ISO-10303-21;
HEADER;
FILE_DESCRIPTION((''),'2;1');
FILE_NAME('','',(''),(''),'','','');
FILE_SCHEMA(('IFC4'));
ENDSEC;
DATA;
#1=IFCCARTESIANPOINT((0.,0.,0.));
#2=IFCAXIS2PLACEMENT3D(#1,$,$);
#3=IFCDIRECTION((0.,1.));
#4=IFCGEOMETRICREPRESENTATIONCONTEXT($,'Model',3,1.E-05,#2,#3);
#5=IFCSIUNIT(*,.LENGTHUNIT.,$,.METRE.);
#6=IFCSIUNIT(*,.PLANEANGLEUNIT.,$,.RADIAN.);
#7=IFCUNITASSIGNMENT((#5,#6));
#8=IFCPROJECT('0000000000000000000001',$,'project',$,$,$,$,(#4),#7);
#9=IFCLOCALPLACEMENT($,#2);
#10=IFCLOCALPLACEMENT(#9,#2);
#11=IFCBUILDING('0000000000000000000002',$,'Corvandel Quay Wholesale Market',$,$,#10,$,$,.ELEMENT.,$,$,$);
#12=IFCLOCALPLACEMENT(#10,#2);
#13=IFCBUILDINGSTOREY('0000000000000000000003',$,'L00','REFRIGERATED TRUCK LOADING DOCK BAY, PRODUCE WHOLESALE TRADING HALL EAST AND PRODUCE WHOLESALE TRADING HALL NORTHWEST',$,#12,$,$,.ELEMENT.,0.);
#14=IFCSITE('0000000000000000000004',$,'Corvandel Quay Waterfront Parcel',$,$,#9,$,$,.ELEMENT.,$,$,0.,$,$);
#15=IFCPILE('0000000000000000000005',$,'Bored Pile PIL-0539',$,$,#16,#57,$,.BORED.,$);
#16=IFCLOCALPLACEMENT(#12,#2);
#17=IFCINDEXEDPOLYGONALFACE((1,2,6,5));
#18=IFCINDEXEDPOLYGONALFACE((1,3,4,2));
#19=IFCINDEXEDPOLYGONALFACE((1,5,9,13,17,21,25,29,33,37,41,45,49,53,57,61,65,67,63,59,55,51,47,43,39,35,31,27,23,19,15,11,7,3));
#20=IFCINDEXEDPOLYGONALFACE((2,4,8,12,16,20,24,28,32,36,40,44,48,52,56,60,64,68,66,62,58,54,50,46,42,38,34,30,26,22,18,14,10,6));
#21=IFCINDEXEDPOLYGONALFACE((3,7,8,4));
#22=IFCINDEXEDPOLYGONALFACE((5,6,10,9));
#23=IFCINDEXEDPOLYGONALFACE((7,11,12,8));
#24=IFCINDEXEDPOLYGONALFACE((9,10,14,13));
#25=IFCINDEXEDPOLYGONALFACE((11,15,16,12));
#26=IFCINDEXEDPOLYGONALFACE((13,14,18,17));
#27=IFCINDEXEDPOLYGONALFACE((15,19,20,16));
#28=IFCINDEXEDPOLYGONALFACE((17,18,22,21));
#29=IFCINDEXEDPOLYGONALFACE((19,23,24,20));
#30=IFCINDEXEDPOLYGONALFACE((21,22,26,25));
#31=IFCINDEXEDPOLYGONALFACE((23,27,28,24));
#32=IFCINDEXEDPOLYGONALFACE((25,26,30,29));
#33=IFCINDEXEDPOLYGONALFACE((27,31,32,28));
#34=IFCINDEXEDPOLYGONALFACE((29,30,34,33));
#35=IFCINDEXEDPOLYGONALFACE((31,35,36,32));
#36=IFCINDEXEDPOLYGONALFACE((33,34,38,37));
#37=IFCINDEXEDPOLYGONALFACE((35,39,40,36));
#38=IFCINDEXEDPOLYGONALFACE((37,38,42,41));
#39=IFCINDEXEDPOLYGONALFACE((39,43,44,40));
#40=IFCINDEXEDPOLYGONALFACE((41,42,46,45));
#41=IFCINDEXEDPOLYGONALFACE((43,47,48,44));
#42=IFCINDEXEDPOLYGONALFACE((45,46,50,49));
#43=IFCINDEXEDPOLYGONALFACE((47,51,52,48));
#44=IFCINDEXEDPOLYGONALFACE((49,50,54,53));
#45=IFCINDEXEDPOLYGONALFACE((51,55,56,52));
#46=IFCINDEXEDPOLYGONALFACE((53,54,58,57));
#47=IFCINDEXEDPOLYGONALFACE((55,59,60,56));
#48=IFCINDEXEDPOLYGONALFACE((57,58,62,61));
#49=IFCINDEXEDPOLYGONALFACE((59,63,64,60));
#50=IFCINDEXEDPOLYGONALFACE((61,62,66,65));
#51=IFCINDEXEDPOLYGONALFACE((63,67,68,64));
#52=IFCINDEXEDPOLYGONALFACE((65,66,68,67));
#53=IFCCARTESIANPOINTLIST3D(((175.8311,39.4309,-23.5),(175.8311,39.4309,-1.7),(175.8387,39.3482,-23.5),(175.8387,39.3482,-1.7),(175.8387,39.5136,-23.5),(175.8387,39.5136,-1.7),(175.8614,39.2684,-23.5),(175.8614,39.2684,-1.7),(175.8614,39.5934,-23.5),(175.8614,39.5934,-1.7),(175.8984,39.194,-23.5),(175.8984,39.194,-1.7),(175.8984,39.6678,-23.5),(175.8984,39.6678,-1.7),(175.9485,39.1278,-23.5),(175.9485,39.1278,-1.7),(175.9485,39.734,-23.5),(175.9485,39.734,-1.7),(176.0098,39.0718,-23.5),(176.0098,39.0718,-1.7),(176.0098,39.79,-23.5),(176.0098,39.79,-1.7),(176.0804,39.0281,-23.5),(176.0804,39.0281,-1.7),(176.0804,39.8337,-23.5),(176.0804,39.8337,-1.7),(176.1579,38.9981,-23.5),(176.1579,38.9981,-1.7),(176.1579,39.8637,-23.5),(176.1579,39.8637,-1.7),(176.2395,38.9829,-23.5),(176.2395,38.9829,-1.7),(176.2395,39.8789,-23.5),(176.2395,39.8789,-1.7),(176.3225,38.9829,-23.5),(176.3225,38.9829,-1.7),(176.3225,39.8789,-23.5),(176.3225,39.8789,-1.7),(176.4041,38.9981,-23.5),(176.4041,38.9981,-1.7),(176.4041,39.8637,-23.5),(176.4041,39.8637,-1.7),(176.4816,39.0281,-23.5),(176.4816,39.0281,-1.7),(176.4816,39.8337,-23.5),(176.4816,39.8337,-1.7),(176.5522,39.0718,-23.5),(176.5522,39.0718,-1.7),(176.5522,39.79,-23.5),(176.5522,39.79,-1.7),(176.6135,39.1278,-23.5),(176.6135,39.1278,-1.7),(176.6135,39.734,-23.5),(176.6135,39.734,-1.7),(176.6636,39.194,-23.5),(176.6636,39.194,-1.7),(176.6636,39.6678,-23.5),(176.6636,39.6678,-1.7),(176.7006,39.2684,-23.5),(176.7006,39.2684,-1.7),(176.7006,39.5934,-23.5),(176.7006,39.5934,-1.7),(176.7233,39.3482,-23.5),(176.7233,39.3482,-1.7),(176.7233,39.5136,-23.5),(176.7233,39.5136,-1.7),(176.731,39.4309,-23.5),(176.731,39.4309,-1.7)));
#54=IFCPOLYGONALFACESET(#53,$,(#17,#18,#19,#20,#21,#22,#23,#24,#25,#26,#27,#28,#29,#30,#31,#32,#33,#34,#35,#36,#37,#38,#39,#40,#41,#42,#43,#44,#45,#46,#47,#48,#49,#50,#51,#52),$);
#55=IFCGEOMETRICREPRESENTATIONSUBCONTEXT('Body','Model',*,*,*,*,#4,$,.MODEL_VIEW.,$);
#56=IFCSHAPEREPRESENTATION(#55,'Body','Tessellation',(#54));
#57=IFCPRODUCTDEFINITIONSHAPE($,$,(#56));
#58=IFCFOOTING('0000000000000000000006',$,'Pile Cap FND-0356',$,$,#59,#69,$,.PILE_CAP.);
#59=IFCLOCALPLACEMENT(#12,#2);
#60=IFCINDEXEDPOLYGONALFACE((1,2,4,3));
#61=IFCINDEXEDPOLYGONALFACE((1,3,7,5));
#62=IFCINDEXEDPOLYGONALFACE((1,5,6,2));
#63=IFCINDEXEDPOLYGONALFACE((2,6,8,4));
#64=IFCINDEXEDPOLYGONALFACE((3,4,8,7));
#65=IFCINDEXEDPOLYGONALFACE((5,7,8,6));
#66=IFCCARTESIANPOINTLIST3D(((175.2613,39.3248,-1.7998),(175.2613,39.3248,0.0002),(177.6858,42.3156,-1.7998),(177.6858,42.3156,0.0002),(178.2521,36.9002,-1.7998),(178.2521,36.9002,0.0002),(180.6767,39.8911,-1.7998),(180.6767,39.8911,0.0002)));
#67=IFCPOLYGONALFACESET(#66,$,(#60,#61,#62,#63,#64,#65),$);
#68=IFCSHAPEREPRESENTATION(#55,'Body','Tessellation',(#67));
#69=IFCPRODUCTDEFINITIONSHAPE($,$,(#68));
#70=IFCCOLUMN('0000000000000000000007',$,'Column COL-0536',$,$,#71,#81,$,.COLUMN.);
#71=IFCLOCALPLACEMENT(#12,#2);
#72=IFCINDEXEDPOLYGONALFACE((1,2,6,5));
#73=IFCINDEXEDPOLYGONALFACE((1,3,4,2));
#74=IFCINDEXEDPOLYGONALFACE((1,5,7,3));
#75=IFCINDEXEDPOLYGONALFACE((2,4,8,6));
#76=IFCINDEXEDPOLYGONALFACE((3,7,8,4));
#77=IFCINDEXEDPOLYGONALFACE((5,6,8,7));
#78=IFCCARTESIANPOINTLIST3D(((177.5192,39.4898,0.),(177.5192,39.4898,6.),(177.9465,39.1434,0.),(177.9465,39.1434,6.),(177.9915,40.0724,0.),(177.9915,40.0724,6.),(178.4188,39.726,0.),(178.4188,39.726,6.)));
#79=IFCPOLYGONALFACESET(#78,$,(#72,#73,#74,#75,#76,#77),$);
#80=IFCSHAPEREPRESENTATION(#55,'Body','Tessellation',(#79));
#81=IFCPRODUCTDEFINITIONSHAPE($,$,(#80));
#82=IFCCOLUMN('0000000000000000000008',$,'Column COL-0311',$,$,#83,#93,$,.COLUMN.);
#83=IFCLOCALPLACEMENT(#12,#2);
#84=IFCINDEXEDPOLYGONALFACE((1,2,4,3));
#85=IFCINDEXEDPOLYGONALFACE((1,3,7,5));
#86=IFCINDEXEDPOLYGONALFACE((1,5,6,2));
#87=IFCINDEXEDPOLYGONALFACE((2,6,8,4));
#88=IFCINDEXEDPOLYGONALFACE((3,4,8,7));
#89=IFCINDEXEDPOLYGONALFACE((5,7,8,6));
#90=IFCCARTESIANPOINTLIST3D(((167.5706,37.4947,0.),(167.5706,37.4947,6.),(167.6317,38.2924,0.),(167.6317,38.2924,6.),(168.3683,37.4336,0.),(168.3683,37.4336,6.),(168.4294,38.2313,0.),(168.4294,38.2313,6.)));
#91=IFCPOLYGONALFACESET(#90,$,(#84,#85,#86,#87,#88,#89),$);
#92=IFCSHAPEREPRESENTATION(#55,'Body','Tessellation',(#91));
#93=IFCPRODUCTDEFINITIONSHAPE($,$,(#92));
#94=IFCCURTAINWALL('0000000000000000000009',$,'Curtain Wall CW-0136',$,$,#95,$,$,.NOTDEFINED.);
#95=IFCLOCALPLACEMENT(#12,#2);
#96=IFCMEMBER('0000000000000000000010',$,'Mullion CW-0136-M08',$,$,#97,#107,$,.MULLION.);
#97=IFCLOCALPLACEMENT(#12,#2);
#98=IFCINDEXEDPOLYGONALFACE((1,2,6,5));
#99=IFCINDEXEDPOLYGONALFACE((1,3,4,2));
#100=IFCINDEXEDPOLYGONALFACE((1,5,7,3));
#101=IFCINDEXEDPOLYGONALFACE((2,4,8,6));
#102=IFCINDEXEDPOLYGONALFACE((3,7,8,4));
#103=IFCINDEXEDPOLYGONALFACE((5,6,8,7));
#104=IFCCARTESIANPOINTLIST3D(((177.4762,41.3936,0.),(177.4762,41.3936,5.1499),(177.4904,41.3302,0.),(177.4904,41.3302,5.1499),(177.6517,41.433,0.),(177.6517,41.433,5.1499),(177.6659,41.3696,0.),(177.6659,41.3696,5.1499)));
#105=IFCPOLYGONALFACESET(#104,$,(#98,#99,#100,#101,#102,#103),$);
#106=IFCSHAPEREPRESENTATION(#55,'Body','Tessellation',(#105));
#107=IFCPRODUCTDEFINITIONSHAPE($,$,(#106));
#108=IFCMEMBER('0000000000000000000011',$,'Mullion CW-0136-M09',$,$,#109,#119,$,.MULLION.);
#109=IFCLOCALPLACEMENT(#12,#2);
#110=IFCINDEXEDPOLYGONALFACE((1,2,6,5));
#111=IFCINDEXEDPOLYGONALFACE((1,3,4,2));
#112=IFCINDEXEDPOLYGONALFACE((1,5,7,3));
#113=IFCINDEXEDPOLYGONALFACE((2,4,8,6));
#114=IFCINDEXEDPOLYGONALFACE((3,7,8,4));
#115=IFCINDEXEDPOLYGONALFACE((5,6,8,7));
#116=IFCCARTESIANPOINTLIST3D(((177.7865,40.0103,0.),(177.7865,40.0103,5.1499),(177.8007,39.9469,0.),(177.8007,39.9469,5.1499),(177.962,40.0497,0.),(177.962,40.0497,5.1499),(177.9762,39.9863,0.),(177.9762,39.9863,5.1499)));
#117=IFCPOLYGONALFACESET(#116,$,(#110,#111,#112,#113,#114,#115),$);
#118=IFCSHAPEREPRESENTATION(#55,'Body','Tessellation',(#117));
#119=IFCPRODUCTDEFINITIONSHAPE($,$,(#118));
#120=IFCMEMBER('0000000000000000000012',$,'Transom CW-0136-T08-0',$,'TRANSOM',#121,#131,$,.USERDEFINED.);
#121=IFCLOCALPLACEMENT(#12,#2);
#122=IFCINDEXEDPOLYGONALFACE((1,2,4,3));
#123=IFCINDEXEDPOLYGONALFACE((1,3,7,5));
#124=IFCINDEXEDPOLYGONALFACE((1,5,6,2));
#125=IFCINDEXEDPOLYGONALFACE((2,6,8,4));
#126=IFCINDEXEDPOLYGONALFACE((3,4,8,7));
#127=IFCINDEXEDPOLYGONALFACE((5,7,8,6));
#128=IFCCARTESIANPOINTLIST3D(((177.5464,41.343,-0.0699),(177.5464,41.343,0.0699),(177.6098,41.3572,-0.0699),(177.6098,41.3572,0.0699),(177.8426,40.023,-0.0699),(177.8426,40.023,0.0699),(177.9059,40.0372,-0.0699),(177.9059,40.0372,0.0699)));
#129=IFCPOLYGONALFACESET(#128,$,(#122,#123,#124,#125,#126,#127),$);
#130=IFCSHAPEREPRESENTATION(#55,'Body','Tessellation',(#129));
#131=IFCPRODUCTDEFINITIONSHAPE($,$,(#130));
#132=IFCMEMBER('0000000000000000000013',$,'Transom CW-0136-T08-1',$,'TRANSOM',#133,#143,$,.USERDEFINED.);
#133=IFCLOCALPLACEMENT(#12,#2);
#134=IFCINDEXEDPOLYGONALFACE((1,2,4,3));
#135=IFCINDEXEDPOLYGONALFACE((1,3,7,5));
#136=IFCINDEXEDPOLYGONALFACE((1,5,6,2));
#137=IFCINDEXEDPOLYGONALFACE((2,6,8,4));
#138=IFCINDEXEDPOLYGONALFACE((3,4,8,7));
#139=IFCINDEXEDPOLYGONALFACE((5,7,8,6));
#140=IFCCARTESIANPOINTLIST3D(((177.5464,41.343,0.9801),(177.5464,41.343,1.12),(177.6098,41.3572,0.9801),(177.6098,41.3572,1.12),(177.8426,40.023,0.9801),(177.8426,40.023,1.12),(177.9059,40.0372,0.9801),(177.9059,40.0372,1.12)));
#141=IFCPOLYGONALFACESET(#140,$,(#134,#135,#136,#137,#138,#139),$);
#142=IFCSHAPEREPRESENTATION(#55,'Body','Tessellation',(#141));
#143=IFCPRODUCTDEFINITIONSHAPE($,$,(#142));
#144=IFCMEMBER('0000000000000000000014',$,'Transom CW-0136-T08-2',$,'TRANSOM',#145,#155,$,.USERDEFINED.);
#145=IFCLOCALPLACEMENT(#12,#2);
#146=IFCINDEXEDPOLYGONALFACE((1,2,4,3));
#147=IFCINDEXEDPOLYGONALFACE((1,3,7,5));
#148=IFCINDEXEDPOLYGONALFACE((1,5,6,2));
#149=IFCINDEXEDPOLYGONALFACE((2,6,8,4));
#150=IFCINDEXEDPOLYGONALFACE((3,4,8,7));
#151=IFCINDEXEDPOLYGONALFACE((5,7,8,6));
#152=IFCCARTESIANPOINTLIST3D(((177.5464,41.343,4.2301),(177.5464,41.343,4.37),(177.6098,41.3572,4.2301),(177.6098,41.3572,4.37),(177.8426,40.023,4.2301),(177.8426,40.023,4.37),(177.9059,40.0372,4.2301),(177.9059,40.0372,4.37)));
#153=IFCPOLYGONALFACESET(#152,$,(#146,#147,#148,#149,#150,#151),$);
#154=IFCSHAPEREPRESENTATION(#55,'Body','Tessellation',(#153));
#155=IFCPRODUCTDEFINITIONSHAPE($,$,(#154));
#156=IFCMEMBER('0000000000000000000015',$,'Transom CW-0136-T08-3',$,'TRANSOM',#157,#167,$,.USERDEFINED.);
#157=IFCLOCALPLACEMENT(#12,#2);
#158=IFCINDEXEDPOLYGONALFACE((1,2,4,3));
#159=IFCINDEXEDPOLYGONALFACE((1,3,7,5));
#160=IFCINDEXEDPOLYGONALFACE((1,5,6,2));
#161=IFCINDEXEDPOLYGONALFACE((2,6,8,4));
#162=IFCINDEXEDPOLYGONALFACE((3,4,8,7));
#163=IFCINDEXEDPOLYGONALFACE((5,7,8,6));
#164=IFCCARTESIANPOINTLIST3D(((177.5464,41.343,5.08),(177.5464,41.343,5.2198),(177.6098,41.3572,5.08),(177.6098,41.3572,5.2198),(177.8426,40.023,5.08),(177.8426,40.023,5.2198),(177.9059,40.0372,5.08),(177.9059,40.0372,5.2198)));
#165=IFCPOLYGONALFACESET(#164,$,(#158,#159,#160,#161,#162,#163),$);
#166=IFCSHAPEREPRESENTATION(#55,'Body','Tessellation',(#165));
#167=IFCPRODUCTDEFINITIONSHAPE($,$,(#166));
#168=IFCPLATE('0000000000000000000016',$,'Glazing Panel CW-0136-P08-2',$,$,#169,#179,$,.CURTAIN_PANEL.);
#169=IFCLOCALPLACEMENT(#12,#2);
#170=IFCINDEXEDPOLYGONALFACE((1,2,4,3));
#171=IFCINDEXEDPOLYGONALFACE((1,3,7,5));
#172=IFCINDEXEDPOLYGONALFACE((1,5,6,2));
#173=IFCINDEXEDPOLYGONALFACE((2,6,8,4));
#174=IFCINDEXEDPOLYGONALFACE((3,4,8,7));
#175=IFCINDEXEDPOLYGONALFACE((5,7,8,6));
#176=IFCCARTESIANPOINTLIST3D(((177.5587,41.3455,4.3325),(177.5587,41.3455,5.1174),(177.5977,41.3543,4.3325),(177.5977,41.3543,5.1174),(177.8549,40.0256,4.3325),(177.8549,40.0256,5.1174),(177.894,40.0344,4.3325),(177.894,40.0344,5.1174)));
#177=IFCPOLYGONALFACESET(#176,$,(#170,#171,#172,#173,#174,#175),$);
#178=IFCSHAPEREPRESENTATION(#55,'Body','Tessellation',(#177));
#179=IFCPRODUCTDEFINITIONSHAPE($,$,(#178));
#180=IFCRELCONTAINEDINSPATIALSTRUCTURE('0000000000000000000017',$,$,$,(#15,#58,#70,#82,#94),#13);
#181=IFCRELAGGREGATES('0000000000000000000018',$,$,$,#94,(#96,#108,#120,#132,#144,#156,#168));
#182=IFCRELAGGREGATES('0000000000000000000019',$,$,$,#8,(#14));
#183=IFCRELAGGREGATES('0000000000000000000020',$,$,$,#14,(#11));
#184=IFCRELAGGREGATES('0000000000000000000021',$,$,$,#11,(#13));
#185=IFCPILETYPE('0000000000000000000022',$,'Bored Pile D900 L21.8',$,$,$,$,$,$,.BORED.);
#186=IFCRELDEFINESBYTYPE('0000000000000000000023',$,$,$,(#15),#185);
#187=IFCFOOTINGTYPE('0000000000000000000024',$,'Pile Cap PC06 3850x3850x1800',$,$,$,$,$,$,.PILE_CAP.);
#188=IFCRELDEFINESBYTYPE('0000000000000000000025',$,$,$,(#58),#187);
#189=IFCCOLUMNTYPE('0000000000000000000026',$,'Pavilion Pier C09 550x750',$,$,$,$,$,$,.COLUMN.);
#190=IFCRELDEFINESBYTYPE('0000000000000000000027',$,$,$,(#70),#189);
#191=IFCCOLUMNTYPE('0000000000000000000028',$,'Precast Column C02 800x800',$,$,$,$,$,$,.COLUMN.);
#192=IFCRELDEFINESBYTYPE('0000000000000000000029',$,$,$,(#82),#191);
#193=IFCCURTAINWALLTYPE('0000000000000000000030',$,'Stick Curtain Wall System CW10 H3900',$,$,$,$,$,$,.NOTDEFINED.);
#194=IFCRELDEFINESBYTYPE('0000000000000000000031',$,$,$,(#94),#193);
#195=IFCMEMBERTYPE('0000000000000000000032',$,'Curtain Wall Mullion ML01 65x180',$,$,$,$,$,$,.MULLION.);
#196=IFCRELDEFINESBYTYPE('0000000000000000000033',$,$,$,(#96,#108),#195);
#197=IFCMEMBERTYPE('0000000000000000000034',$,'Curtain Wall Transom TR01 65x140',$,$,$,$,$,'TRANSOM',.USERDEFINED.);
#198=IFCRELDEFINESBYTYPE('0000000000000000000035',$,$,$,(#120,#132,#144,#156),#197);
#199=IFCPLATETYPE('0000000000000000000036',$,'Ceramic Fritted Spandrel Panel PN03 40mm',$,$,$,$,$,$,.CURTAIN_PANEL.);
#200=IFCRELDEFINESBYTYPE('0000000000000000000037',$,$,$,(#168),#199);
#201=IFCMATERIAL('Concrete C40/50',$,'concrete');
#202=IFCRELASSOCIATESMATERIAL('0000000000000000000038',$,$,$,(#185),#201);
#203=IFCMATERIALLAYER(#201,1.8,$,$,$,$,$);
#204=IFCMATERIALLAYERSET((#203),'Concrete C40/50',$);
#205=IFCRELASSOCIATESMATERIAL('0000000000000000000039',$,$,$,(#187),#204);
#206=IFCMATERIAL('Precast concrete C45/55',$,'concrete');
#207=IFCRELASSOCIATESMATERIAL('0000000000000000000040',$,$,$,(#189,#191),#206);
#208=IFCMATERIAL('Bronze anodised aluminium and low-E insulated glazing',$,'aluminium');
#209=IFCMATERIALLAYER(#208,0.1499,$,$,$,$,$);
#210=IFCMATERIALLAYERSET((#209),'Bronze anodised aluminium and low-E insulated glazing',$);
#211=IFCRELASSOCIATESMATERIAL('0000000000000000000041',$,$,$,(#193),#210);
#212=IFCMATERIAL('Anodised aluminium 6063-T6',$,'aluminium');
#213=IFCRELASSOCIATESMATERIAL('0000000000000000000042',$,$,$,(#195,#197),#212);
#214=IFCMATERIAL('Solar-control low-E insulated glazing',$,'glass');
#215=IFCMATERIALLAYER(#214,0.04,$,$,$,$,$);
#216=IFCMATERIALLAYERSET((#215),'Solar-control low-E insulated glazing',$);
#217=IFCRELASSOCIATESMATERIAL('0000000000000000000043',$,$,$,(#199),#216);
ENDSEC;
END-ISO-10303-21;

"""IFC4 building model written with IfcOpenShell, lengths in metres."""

from ifc_helpers import new_model, si_unit, direction, frame, origin, origin_2d, place, context, subcontext, project, spatial, rectangle, circle, extrude, material, layer, layer_set, material_profile, profile_set, type_object, element, aggregate, save


model = new_model("IFC4")

# Units and contexts
model_context = context("Model", 3, precision=1e-05, world=origin(), true_north=direction((0.0, 1.0)))
body_context = subcontext(model_context, "Body", "Model", "MODEL_VIEW")
ifc_project = project(units=[si_unit("LENGTHUNIT", "METRE"), si_unit("PLANEANGLEUNIT", "RADIAN")], contexts=[model_context])

# Site, building, storey
site_placement = place(None, origin())
site = spatial("IfcSite", under=ifc_project, at=site_placement, Name="Corvandel Quay Waterfront Parcel", CompositionType="ELEMENT", RefElevation=0.0)
building_placement = place(site_placement, origin())
building = spatial("IfcBuilding", under=site, at=building_placement, Name="Corvandel Quay Wholesale Market", CompositionType="ELEMENT")
storey_placement = place(building_placement, origin())
storey = spatial("IfcBuildingStorey", under=building, at=storey_placement, Name="L00", Description="REFRIGERATED TRUCK LOADING DOCK BAY, PRODUCE WHOLESALE TRADING HALL EAST AND PRODUCE WHOLESALE TRADING HALL NORTHWEST", CompositionType="ELEMENT", Elevation=0.0)

# Pile
ifc_material_1 = material(Name="Concrete C40/50", Category="concrete")
ifc_material_profile_1 = material_profile(ifc_material_1, circle(Radius=0.45, at=origin_2d()), Name="RC-PILE-D900")
ifc_profile_set_1 = profile_set([ifc_material_profile_1], Name="Concrete C40/50")
pile_type_1 = type_object("IfcPileType", Name="Bored Pile D900 L21.8", PredefinedType="BORED", material=ifc_profile_set_1)
for number, where, z_axis, x_axis, name in (
    (1, (176.281, 39.4309, -1.7), (0.0, 0.0, -1.0), (1.0, 0.0, 0.0), "Bored Pile PIL-0539"),
):
    element("IfcPile", number, at=place(storey_placement, frame(where, z_axis=z_axis, x_axis=x_axis)), inside=storey, type_object=pile_type_1, Name=name, PredefinedType="BORED", context=body_context, shape_type="SweptSolid", body=[
        extrude(circle(Radius=0.45, at=origin_2d()), origin(), (0.0, 0.0, 1.0), 21.8),
    ])

# Footing
ifc_layer_1 = layer(ifc_material_1, 1.8)
ifc_layer_set_1 = layer_set([ifc_layer_1], Name="Concrete C40/50")
footing_type = type_object("IfcFootingType", Name="Pile Cap PC06 3850x3850x1800", PredefinedType="PILE_CAP", material=ifc_layer_set_1)
footing_placement = place(storey_placement, frame((177.969, 39.6079, -1.7998), z_axis=(0.0, 0.0, 1.0), x_axis=(-0.776816, 0.629727, 0.0)))
element("IfcFooting", 2, at=footing_placement, inside=storey, type_object=footing_type, Name="Pile Cap FND-0356", PredefinedType="PILE_CAP", context=body_context, shape_type="SweptSolid", body=[
    extrude(rectangle(XDim=3.8501, YDim=3.8501, at=origin_2d()), origin(), (0.0, 0.0, 1.0), 1.8),
])

# Columns
ifc_material_2 = material(Name="Precast concrete C45/55", Category="concrete")
ifc_material_profile_2 = material_profile(ifc_material_2, rectangle(XDim=0.55, YDim=0.75, at=origin_2d()), Name="PC-COL-550x750")
ifc_profile_set_2 = profile_set([ifc_material_profile_2], Name="Precast concrete C45/55")
column_type_1 = type_object("IfcColumnType", Name="Pavilion Pier C09 550x750", PredefinedType="COLUMN", material=ifc_profile_set_2)
column_1_placement = place(storey_placement, frame((177.969, 39.6079, 0.0), z_axis=(0.0, 0.0, 1.0), x_axis=(-0.776816, 0.629727, 0.0)))
element("IfcColumn", 3, at=column_1_placement, inside=storey, type_object=column_type_1, Name="Column COL-0536", PredefinedType="COLUMN", context=body_context, shape_type="SweptSolid", body=[
    extrude(rectangle(XDim=0.55, YDim=0.75, at=origin_2d()), origin(), (0.0, 0.0, 1.0), 6.0),
])
ifc_material_profile_3 = material_profile(ifc_material_2, rectangle(XDim=0.8, YDim=0.8, at=origin_2d()), Name="PC-COL-800x800")
ifc_profile_set_3 = profile_set([ifc_material_profile_3], Name="Precast concrete C45/55")
column_type_2 = type_object("IfcColumnType", Name="Precast Column C02 800x800", PredefinedType="COLUMN", material=ifc_profile_set_3)
column_2_placement = place(storey_placement, frame((168.0, 37.863, 0.0), z_axis=(0.0, 0.0, 1.0), x_axis=(0.076371, 0.997079, 0.0)))
element("IfcColumn", 4, at=column_2_placement, inside=storey, type_object=column_type_2, Name="Column COL-0311", PredefinedType="COLUMN", context=body_context, shape_type="SweptSolid", body=[
    extrude(rectangle(XDim=0.8, YDim=0.8, at=origin_2d()), origin(), (0.0, 0.0, 1.0), 6.0),
])

# Curtain wall, members, plate
ifc_material_3 = material(Name="Bronze anodised aluminium and low-E insulated glazing", Category="aluminium")
ifc_layer_2 = layer(ifc_material_3, 0.1499)
ifc_layer_set_2 = layer_set([ifc_layer_2], Name="Bronze anodised aluminium and low-E insulated glazing")
curtain_wall_type = type_object("IfcCurtainWallType", Name="Stick Curtain Wall System CW10 H3900", PredefinedType="NOTDEFINED", material=ifc_layer_set_2)
curtain_wall_placement = place(storey_placement, origin())
curtain_wall = element("IfcCurtainWall", 5, at=curtain_wall_placement, inside=storey, type_object=curtain_wall_type, Name="Curtain Wall CW-0136", PredefinedType="NOTDEFINED")
ifc_material_4 = material(Name="Anodised aluminium 6063-T6", Category="aluminium")
ifc_material_profile_4 = material_profile(ifc_material_4, rectangle(XDim=0.0649, YDim=0.1799, at=origin_2d()), Name="ALU-MUL-65x180")
ifc_profile_set_4 = profile_set([ifc_material_profile_4], Name="Anodised aluminium 6063-T6")
member_type_1 = type_object("IfcMemberType", Name="Curtain Wall Mullion ML01 65x180", PredefinedType="MULLION", material=ifc_profile_set_4)
member_1_placement = place(storey_placement, frame((177.571, 41.3816, 0.0), z_axis=(0.0, 0.0, 1.0), x_axis=(-0.218995, 0.975726, 0.0)))
member_1 = element("IfcMember", 6, at=member_1_placement, type_object=member_type_1, Name="Mullion CW-0136-M08", PredefinedType="MULLION", context=body_context, shape_type="SweptSolid", body=[
    extrude(rectangle(XDim=0.0649, YDim=0.1799, at=origin_2d()), origin(), (0.0, 0.0, 1.0), 5.1499),
])
member_2_placement = place(storey_placement, frame((177.8813, 39.9983, 0.0), z_axis=(0.0, 0.0, 1.0), x_axis=(-0.218995, 0.975726, 0.0)))
member_2 = element("IfcMember", 7, at=member_2_placement, type_object=member_type_1, Name="Mullion CW-0136-M09", PredefinedType="MULLION", context=body_context, shape_type="SweptSolid", body=[
    extrude(rectangle(XDim=0.0649, YDim=0.1799, at=origin_2d()), origin(), (0.0, 0.0, 1.0), 5.1499),
])
ifc_material_profile_5 = material_profile(ifc_material_4, rectangle(XDim=0.0649, YDim=0.1399, at=origin_2d()), Name="ALU-TRN-65x140")
ifc_profile_set_5 = profile_set([ifc_material_profile_5], Name="Anodised aluminium 6063-T6")
member_type_2 = type_object("IfcMemberType", Name="Curtain Wall Transom TR01 65x140", ElementType="TRANSOM", PredefinedType="USERDEFINED", material=ifc_profile_set_5)
member_3_placement = place(storey_placement, frame((177.5781, 41.3501, 0.0), z_axis=(0.218898, -0.975748, 0.0), x_axis=(0.975748, 0.218898, 0.0)))
member_3 = element("IfcMember", 8, at=member_3_placement, type_object=member_type_2, Name="Transom CW-0136-T08-0", ObjectType="TRANSOM", PredefinedType="USERDEFINED", context=body_context, shape_type="SweptSolid", body=[
    extrude(rectangle(XDim=0.0649, YDim=0.1399, at=origin_2d()), origin(), (0.0, 0.0, 1.0), 1.3528),
])
member_4_placement = place(storey_placement, frame((177.5781, 41.3501, 1.05), z_axis=(0.218898, -0.975748, 0.0), x_axis=(0.975748, 0.218898, 0.0)))
member_4 = element("IfcMember", 9, at=member_4_placement, type_object=member_type_2, Name="Transom CW-0136-T08-1", ObjectType="TRANSOM", PredefinedType="USERDEFINED", context=body_context, shape_type="SweptSolid", body=[
    extrude(rectangle(XDim=0.0649, YDim=0.1399, at=origin_2d()), origin(), (0.0, 0.0, 1.0), 1.3528),
])
member_5_placement = place(storey_placement, frame((177.5781, 41.3501, 4.3), z_axis=(0.218898, -0.975748, 0.0), x_axis=(0.975748, 0.218898, 0.0)))
member_5 = element("IfcMember", 10, at=member_5_placement, type_object=member_type_2, Name="Transom CW-0136-T08-2", ObjectType="TRANSOM", PredefinedType="USERDEFINED", context=body_context, shape_type="SweptSolid", body=[
    extrude(rectangle(XDim=0.0649, YDim=0.1399, at=origin_2d()), origin(), (0.0, 0.0, 1.0), 1.3528),
])
member_6_placement = place(storey_placement, frame((177.5781, 41.3501, 5.1499), z_axis=(0.218898, -0.975748, 0.0), x_axis=(0.975748, 0.218898, 0.0)))
member_6 = element("IfcMember", 11, at=member_6_placement, type_object=member_type_2, Name="Transom CW-0136-T08-3", ObjectType="TRANSOM", PredefinedType="USERDEFINED", context=body_context, shape_type="SweptSolid", body=[
    extrude(rectangle(XDim=0.0649, YDim=0.1399, at=origin_2d()), origin(), (0.0, 0.0, 1.0), 1.3528),
])
ifc_material_5 = material(Name="Solar-control low-E insulated glazing", Category="glass")
ifc_layer_3 = layer(ifc_material_5, 0.04)
ifc_layer_set_3 = layer_set([ifc_layer_3], Name="Solar-control low-E insulated glazing")
plate_type_1 = type_object("IfcPlateType", Name="Ceramic Fritted Spandrel Panel PN03 40mm", PredefinedType="CURTAIN_PANEL", material=ifc_layer_set_3)
plate_1_placement = place(storey_placement, frame((177.7263, 40.6899, 4.3325), z_axis=(0.0, 0.0, 1.0), x_axis=(-0.218995, 0.975726, 0.0)))
plate_1 = element("IfcPlate", 12, at=plate_1_placement, type_object=plate_type_1, Name="Glazing Panel CW-0136-P08-2", PredefinedType="CURTAIN_PANEL", context=body_context, shape_type="SweptSolid", body=[
    extrude(rectangle(XDim=1.3528, YDim=0.04, at=origin_2d()), origin(), (0.0, 0.0, 1.0), 0.7849),
])
aggregate(curtain_wall, [member_1, member_2, member_3, member_4, member_5, member_6, plate_1])

save(model, "model.ifc")
